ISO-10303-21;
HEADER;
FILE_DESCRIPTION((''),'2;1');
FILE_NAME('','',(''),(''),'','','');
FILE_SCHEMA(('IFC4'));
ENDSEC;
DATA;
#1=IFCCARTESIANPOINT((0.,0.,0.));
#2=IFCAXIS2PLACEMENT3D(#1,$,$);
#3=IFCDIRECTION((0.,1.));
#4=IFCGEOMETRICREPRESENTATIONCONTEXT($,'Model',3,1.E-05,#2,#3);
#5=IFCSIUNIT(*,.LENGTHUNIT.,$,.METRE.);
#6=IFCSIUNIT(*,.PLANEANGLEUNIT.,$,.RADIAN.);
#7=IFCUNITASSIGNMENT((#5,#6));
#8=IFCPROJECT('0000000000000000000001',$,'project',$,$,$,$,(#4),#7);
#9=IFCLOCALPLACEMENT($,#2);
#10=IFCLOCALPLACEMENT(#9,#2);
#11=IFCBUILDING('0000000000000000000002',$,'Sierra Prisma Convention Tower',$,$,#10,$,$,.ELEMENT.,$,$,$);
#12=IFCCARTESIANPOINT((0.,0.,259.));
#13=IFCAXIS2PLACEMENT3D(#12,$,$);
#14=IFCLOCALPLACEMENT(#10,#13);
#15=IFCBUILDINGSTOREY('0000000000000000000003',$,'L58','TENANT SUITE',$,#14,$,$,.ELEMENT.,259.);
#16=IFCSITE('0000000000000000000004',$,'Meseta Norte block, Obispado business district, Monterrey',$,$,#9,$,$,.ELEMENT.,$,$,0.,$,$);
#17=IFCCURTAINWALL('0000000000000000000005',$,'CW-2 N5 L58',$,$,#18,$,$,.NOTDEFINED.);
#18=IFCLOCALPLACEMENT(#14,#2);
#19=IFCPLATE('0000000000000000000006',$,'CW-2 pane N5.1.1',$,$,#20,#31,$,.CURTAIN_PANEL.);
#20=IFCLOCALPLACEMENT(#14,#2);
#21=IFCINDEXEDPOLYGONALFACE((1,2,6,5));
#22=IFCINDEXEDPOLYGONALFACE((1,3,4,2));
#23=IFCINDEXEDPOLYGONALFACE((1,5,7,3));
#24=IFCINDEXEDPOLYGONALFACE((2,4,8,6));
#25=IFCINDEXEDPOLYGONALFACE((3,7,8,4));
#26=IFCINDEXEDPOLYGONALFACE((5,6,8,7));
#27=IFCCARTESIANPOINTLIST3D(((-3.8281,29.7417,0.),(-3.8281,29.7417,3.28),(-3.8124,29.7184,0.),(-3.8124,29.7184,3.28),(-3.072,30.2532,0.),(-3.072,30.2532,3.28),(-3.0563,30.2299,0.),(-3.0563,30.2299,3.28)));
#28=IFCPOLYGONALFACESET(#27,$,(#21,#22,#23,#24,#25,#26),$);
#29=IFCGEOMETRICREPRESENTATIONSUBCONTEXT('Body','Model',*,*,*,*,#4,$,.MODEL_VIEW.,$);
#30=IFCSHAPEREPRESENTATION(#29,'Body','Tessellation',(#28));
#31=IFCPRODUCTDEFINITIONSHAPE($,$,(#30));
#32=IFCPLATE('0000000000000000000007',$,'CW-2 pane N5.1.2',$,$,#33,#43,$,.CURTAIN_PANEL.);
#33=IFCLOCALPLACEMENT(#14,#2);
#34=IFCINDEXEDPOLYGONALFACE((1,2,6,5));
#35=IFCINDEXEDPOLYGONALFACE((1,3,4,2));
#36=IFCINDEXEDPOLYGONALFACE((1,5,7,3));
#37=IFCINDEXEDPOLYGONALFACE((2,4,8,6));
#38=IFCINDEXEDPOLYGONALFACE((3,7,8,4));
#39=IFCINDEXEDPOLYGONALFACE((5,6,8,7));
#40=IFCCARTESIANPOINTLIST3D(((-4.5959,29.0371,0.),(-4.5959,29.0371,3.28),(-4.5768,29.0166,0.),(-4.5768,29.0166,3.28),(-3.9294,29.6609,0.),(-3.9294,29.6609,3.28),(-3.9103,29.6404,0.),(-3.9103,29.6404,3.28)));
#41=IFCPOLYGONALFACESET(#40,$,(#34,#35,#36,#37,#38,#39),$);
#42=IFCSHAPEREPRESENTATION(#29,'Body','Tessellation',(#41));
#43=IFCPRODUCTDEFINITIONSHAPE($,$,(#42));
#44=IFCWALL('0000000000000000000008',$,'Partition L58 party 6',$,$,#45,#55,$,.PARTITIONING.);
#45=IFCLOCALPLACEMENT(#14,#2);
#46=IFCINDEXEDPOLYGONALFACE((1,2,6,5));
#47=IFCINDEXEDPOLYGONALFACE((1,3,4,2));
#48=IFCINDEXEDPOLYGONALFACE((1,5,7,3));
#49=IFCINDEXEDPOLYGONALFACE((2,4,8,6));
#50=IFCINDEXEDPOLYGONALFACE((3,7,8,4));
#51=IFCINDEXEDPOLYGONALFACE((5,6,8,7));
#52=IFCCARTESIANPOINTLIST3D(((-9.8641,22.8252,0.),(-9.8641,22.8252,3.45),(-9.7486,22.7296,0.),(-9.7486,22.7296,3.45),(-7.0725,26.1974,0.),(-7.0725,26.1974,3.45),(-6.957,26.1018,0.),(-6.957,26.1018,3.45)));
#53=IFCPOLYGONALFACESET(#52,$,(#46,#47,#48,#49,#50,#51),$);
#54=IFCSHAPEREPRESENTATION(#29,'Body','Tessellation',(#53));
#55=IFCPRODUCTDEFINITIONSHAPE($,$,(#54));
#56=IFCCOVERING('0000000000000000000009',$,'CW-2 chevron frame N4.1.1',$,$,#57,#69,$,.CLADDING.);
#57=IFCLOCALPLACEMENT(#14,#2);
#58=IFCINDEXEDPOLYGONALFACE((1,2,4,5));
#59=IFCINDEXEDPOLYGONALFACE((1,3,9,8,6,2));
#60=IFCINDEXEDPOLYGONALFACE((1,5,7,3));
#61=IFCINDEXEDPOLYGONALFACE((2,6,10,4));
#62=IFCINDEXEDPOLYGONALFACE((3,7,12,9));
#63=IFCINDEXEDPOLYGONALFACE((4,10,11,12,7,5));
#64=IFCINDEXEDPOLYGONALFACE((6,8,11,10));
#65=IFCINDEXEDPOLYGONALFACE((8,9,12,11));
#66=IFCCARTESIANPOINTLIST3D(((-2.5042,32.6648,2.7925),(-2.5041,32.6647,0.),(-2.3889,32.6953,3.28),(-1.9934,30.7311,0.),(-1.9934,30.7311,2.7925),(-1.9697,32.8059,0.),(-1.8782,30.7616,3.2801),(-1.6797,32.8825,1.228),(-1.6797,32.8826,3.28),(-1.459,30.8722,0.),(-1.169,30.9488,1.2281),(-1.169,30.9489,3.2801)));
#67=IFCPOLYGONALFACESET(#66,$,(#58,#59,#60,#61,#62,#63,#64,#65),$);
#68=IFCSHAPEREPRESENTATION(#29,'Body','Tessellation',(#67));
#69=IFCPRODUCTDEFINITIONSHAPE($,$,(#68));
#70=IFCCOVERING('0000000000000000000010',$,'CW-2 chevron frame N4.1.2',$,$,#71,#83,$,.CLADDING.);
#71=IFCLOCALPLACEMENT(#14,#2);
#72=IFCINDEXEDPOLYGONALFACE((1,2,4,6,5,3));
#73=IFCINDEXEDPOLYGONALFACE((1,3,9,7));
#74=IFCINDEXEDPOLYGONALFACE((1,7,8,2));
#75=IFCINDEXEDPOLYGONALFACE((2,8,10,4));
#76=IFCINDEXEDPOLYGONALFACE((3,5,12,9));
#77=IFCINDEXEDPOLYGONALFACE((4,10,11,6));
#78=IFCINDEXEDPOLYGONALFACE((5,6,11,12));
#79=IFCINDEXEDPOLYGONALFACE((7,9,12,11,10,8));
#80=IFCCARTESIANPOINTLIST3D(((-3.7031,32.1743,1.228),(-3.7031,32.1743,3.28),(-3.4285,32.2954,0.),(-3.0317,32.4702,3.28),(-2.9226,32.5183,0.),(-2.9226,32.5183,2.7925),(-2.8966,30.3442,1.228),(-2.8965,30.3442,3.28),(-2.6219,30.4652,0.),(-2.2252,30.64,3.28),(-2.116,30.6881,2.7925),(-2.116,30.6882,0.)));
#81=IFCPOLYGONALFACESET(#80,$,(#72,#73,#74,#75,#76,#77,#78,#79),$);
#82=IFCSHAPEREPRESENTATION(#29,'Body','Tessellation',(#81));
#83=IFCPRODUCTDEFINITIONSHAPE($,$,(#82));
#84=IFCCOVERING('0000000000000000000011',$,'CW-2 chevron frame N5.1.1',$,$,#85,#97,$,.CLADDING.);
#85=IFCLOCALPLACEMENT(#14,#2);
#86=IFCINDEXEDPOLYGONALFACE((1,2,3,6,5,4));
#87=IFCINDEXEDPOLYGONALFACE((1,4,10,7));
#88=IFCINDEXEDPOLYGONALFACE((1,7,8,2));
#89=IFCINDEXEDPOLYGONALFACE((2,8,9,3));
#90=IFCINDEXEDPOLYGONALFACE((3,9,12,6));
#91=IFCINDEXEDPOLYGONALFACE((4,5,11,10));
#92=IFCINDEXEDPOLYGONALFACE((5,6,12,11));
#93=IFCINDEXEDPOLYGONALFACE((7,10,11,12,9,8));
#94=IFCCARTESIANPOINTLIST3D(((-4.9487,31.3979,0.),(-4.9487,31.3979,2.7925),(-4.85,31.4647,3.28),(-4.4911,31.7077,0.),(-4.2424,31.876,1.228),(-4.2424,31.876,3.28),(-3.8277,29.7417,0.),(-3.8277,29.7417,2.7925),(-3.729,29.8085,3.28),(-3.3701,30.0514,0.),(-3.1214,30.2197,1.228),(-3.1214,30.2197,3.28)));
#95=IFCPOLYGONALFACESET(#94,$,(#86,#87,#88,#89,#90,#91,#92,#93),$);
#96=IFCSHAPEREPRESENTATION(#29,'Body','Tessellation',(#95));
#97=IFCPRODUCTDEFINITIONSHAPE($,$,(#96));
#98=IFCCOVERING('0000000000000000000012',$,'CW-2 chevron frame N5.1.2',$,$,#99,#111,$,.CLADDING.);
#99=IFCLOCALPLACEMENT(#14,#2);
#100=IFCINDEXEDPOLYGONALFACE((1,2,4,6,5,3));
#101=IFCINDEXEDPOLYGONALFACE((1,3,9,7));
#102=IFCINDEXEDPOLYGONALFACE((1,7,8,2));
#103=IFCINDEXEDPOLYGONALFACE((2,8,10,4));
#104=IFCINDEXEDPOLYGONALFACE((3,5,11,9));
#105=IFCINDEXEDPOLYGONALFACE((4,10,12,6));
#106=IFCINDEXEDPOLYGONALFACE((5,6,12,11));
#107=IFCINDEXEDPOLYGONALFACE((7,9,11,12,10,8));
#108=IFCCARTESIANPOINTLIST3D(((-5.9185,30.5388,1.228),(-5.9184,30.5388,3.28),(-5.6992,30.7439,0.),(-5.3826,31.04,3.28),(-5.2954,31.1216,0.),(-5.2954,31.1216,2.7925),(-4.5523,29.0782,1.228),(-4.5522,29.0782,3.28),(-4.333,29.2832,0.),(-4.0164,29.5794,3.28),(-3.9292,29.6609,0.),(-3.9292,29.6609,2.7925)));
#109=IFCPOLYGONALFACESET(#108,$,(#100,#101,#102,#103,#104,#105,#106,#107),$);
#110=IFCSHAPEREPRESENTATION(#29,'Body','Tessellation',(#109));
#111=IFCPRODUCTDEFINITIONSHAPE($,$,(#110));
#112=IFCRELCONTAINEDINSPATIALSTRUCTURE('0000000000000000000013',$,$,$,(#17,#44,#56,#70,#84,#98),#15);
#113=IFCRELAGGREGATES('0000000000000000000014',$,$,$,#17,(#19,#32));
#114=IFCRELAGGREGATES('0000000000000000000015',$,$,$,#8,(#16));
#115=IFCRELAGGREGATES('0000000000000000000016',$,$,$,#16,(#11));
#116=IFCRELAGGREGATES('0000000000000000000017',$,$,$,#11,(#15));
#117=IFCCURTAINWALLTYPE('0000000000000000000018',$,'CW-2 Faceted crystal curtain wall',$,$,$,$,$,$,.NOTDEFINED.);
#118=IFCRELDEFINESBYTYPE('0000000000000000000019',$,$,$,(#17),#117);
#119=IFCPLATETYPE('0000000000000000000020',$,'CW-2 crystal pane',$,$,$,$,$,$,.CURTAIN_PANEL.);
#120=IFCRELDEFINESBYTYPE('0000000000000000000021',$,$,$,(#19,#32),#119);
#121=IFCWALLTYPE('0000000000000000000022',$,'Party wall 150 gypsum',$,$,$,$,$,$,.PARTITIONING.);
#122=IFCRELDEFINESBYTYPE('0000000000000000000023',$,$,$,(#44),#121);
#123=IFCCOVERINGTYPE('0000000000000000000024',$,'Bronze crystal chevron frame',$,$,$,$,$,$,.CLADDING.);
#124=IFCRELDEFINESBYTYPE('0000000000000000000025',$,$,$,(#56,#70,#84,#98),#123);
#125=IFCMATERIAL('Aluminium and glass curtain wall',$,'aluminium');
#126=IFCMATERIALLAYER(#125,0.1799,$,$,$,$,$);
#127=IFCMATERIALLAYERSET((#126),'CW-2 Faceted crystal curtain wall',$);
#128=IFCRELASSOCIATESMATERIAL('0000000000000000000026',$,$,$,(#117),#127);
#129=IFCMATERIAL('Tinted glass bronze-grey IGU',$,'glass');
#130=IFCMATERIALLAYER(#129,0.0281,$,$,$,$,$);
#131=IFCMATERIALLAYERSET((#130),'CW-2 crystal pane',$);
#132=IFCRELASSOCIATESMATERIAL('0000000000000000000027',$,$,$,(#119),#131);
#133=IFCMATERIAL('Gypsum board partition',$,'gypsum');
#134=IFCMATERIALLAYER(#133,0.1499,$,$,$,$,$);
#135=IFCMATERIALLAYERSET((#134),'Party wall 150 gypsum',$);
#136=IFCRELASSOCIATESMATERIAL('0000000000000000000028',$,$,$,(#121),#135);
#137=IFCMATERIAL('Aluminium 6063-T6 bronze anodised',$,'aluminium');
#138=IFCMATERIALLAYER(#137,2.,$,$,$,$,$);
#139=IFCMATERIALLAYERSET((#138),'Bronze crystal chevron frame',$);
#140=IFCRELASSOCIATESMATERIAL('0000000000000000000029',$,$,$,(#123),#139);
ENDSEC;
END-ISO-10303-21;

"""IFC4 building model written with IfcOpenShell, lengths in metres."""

from ifc_helpers import new_model, si_unit, direction, frame, frame_2d, origin, place, context, subcontext, project, spatial, polyline, rectangle, outline, extrude, material, layer, layer_set, type_object, element, aggregate, save


model = new_model("IFC4")

# Units and contexts
model_context = context("Model", 3, precision=1e-05, world=origin(), true_north=direction((0.0, 1.0)))
body_context = subcontext(model_context, "Body", "Model", "MODEL_VIEW")
ifc_project = project(units=[si_unit("LENGTHUNIT", "METRE"), si_unit("PLANEANGLEUNIT", "RADIAN")], contexts=[model_context])

# Site, building, storey
site_placement = place(None, origin())
site = spatial("IfcSite", under=ifc_project, at=site_placement, Name="Meseta Norte block, Obispado business district, Monterrey", CompositionType="ELEMENT", RefElevation=0.0)
building_placement = place(site_placement, origin())
building = spatial("IfcBuilding", under=site, at=building_placement, Name="Sierra Prisma Convention Tower", CompositionType="ELEMENT")
storey_placement = place(building_placement, frame((0.0, 0.0, 259.0)))
storey = spatial("IfcBuildingStorey", under=building, at=storey_placement, Name="L58", Description="TENANT SUITE", CompositionType="ELEMENT", Elevation=259.0)

# Curtain wall
ifc_material_1 = material(Name="Aluminium and glass curtain wall", Category="aluminium")
ifc_layer_1 = layer(ifc_material_1, 0.1799)
ifc_layer_set_1 = layer_set([ifc_layer_1], Name="CW-2 Faceted crystal curtain wall")
curtain_wall_type_1 = type_object("IfcCurtainWallType", Name="CW-2 Faceted crystal curtain wall", PredefinedType="NOTDEFINED", material=ifc_layer_set_1)
curtain_wall_1_placement = place(storey_placement, origin())
curtain_wall_1 = element("IfcCurtainWall", 1, at=curtain_wall_1_placement, inside=storey, type_object=curtain_wall_type_1, Name="CW-2 N5 L58", PredefinedType="NOTDEFINED")

# Plates
ifc_material_2 = material(Name="Tinted glass bronze-grey IGU", Category="glass")
ifc_layer_2 = layer(ifc_material_2, 0.0281)
ifc_layer_set_2 = layer_set([ifc_layer_2], Name="CW-2 crystal pane")
plate_type_1 = type_object("IfcPlateType", Name="CW-2 crystal pane", PredefinedType="CURTAIN_PANEL", material=ifc_layer_set_2)
plate_1_placement = place(storey_placement, frame((-3.072, 30.2532, 0.0), z_axis=(-0.560304, 0.828287, 0.0), x_axis=(-0.828287, -0.560304, 0.0)))
plate_1 = element("IfcPlate", 2, at=plate_1_placement, type_object=plate_type_1, Name="CW-2 pane N5.1.1", PredefinedType="CURTAIN_PANEL", context=body_context, shape_type="SweptSolid", body=[
    extrude(outline(polyline([(0.0, 0.0), (0.9129, 0.0), (0.9129, 3.28), (0.0, 3.28), (0.0, 0.0)])), origin(), (0.0, 0.0, -1.0), 0.0281),
])
plate_2_placement = place(storey_placement, frame((-4.5959, 29.0371, 0.0), z_axis=(-0.683318, 0.730121, 0.0), x_axis=(0.730121, 0.683318, 0.0)))
plate_2 = element("IfcPlate", 3, at=plate_2_placement, type_object=plate_type_1, Name="CW-2 pane N5.1.2", PredefinedType="CURTAIN_PANEL", context=body_context, shape_type="SweptSolid", body=[
    extrude(outline(polyline([(0.0, 0.0), (0.9129, 0.0), (0.9129, -3.28), (0.0, -3.28), (0.0, 0.0)])), origin(), (0.0, 0.0, -1.0), 0.0281),
])
aggregate(curtain_wall_1, [plate_1, plate_2])

# Wall
ifc_material_3 = material(Name="Gypsum board partition", Category="gypsum")
ifc_layer_3 = layer(ifc_material_3, 0.1499)
ifc_layer_set_3 = layer_set([ifc_layer_3], Name="Party wall 150 gypsum")
wall_type = type_object("IfcWallType", Name="Party wall 150 gypsum", PredefinedType="PARTITIONING", material=ifc_layer_set_3)
wall_placement = place(storey_placement, frame((-9.8064, 22.7773, 0.0), z_axis=(0.0, 0.0, 1.0), x_axis=(0.63768, 0.770302, 0.0)))
element("IfcWall", 4, at=wall_placement, inside=storey, type_object=wall_type, Name="Partition L58 party 6", PredefinedType="PARTITIONING", context=body_context, shape_type="SweptSolid", body=[
    extrude(rectangle(XDim=4.3777, YDim=0.1499, at=frame_2d((2.189, 0.0))), origin(), (0.0, 0.0, 1.0), 3.45),
])

# Coverings
ifc_material_4 = material(Name="Aluminium 6063-T6 bronze anodised", Category="aluminium")
ifc_layer_4 = layer(ifc_material_4, 2.0)
ifc_layer_set_4 = layer_set([ifc_layer_4], Name="Bronze crystal chevron frame")
covering_type = type_object("IfcCoveringType", Name="Bronze crystal chevron frame", PredefinedType="CLADDING", material=ifc_layer_set_4)
covering_1_placement = place(storey_placement, frame((-1.6797, 32.8826, 3.28), z_axis=(-0.255363, 0.966845, -0.000021), x_axis=(0.000005, -0.00002, -1.0)))
element("IfcCovering", 5, at=covering_1_placement, inside=storey, type_object=covering_type, Name="CW-2 chevron frame N4.1.1", PredefinedType="CLADDING", context=body_context, shape_type="SweptSolid", body=[
    extrude(outline(polyline([(0.0, 0.0), (2.052, 0.0), (3.28, 0.3), (3.28, 0.8527), (0.4875, 0.8527), (0.0, 0.7335), (0.0, 0.0)])), origin(), (0.0, 0.0, -1.0), 2.0),
])
covering_2_placement = place(storey_placement, frame((-2.9226, 32.5183, 0.0), z_axis=(-0.403286, 0.915074, 0.000007), x_axis=(-0.915074, -0.403286, 0.0)))
element("IfcCovering", 6, at=covering_2_placement, inside=storey, type_object=covering_type, Name="CW-2 chevron frame N4.1.2", PredefinedType="CLADDING", context=body_context, shape_type="SweptSolid", body=[
    extrude(outline(polyline([(0.0, 0.0), (0.5528, 0.0), (0.853, 1.228), (0.853, 3.28), (0.1193, 3.28), (0.0, 2.7925), (0.0, 0.0)])), origin(), (0.0, 0.0, -1.0), 2.0),
])
covering_3_placement = place(storey_placement, frame((-4.2424, 31.876, 3.28), z_axis=(-0.560517, 0.828143, 0.000003), x_axis=(-0.000002, 0.000003, -1.0)))
element("IfcCovering", 7, at=covering_3_placement, inside=storey, type_object=covering_type, Name="CW-2 chevron frame N5.1.1", PredefinedType="CLADDING", context=body_context, shape_type="SweptSolid", body=[
    extrude(outline(polyline([(0.0, 0.0), (2.052, 0.0), (3.28, 0.3003), (3.28, 0.8529), (0.4875, 0.8529), (0.0, 0.7337), (0.0, 0.0)])), origin(), (0.0, 0.0, -1.0), 2.0),
])
covering_4_placement = place(storey_placement, frame((-5.2954, 31.1216, 0.0), z_axis=(-0.6831, 0.730325, 0.000004), x_axis=(-0.730325, -0.6831, 0.0)))
element("IfcCovering", 8, at=covering_4_placement, inside=storey, type_object=covering_type, Name="CW-2 chevron frame N5.1.2", PredefinedType="CLADDING", context=body_context, shape_type="SweptSolid", body=[
    extrude(outline(polyline([(0.0, 0.0), (0.5529, 0.0), (0.8531, 1.228), (0.8531, 3.28), (0.1194, 3.28), (0.0, 2.7925), (0.0, 0.0)])), origin(), (0.0, 0.0, -1.0), 2.0),
])

save(model, "model.ifc")
